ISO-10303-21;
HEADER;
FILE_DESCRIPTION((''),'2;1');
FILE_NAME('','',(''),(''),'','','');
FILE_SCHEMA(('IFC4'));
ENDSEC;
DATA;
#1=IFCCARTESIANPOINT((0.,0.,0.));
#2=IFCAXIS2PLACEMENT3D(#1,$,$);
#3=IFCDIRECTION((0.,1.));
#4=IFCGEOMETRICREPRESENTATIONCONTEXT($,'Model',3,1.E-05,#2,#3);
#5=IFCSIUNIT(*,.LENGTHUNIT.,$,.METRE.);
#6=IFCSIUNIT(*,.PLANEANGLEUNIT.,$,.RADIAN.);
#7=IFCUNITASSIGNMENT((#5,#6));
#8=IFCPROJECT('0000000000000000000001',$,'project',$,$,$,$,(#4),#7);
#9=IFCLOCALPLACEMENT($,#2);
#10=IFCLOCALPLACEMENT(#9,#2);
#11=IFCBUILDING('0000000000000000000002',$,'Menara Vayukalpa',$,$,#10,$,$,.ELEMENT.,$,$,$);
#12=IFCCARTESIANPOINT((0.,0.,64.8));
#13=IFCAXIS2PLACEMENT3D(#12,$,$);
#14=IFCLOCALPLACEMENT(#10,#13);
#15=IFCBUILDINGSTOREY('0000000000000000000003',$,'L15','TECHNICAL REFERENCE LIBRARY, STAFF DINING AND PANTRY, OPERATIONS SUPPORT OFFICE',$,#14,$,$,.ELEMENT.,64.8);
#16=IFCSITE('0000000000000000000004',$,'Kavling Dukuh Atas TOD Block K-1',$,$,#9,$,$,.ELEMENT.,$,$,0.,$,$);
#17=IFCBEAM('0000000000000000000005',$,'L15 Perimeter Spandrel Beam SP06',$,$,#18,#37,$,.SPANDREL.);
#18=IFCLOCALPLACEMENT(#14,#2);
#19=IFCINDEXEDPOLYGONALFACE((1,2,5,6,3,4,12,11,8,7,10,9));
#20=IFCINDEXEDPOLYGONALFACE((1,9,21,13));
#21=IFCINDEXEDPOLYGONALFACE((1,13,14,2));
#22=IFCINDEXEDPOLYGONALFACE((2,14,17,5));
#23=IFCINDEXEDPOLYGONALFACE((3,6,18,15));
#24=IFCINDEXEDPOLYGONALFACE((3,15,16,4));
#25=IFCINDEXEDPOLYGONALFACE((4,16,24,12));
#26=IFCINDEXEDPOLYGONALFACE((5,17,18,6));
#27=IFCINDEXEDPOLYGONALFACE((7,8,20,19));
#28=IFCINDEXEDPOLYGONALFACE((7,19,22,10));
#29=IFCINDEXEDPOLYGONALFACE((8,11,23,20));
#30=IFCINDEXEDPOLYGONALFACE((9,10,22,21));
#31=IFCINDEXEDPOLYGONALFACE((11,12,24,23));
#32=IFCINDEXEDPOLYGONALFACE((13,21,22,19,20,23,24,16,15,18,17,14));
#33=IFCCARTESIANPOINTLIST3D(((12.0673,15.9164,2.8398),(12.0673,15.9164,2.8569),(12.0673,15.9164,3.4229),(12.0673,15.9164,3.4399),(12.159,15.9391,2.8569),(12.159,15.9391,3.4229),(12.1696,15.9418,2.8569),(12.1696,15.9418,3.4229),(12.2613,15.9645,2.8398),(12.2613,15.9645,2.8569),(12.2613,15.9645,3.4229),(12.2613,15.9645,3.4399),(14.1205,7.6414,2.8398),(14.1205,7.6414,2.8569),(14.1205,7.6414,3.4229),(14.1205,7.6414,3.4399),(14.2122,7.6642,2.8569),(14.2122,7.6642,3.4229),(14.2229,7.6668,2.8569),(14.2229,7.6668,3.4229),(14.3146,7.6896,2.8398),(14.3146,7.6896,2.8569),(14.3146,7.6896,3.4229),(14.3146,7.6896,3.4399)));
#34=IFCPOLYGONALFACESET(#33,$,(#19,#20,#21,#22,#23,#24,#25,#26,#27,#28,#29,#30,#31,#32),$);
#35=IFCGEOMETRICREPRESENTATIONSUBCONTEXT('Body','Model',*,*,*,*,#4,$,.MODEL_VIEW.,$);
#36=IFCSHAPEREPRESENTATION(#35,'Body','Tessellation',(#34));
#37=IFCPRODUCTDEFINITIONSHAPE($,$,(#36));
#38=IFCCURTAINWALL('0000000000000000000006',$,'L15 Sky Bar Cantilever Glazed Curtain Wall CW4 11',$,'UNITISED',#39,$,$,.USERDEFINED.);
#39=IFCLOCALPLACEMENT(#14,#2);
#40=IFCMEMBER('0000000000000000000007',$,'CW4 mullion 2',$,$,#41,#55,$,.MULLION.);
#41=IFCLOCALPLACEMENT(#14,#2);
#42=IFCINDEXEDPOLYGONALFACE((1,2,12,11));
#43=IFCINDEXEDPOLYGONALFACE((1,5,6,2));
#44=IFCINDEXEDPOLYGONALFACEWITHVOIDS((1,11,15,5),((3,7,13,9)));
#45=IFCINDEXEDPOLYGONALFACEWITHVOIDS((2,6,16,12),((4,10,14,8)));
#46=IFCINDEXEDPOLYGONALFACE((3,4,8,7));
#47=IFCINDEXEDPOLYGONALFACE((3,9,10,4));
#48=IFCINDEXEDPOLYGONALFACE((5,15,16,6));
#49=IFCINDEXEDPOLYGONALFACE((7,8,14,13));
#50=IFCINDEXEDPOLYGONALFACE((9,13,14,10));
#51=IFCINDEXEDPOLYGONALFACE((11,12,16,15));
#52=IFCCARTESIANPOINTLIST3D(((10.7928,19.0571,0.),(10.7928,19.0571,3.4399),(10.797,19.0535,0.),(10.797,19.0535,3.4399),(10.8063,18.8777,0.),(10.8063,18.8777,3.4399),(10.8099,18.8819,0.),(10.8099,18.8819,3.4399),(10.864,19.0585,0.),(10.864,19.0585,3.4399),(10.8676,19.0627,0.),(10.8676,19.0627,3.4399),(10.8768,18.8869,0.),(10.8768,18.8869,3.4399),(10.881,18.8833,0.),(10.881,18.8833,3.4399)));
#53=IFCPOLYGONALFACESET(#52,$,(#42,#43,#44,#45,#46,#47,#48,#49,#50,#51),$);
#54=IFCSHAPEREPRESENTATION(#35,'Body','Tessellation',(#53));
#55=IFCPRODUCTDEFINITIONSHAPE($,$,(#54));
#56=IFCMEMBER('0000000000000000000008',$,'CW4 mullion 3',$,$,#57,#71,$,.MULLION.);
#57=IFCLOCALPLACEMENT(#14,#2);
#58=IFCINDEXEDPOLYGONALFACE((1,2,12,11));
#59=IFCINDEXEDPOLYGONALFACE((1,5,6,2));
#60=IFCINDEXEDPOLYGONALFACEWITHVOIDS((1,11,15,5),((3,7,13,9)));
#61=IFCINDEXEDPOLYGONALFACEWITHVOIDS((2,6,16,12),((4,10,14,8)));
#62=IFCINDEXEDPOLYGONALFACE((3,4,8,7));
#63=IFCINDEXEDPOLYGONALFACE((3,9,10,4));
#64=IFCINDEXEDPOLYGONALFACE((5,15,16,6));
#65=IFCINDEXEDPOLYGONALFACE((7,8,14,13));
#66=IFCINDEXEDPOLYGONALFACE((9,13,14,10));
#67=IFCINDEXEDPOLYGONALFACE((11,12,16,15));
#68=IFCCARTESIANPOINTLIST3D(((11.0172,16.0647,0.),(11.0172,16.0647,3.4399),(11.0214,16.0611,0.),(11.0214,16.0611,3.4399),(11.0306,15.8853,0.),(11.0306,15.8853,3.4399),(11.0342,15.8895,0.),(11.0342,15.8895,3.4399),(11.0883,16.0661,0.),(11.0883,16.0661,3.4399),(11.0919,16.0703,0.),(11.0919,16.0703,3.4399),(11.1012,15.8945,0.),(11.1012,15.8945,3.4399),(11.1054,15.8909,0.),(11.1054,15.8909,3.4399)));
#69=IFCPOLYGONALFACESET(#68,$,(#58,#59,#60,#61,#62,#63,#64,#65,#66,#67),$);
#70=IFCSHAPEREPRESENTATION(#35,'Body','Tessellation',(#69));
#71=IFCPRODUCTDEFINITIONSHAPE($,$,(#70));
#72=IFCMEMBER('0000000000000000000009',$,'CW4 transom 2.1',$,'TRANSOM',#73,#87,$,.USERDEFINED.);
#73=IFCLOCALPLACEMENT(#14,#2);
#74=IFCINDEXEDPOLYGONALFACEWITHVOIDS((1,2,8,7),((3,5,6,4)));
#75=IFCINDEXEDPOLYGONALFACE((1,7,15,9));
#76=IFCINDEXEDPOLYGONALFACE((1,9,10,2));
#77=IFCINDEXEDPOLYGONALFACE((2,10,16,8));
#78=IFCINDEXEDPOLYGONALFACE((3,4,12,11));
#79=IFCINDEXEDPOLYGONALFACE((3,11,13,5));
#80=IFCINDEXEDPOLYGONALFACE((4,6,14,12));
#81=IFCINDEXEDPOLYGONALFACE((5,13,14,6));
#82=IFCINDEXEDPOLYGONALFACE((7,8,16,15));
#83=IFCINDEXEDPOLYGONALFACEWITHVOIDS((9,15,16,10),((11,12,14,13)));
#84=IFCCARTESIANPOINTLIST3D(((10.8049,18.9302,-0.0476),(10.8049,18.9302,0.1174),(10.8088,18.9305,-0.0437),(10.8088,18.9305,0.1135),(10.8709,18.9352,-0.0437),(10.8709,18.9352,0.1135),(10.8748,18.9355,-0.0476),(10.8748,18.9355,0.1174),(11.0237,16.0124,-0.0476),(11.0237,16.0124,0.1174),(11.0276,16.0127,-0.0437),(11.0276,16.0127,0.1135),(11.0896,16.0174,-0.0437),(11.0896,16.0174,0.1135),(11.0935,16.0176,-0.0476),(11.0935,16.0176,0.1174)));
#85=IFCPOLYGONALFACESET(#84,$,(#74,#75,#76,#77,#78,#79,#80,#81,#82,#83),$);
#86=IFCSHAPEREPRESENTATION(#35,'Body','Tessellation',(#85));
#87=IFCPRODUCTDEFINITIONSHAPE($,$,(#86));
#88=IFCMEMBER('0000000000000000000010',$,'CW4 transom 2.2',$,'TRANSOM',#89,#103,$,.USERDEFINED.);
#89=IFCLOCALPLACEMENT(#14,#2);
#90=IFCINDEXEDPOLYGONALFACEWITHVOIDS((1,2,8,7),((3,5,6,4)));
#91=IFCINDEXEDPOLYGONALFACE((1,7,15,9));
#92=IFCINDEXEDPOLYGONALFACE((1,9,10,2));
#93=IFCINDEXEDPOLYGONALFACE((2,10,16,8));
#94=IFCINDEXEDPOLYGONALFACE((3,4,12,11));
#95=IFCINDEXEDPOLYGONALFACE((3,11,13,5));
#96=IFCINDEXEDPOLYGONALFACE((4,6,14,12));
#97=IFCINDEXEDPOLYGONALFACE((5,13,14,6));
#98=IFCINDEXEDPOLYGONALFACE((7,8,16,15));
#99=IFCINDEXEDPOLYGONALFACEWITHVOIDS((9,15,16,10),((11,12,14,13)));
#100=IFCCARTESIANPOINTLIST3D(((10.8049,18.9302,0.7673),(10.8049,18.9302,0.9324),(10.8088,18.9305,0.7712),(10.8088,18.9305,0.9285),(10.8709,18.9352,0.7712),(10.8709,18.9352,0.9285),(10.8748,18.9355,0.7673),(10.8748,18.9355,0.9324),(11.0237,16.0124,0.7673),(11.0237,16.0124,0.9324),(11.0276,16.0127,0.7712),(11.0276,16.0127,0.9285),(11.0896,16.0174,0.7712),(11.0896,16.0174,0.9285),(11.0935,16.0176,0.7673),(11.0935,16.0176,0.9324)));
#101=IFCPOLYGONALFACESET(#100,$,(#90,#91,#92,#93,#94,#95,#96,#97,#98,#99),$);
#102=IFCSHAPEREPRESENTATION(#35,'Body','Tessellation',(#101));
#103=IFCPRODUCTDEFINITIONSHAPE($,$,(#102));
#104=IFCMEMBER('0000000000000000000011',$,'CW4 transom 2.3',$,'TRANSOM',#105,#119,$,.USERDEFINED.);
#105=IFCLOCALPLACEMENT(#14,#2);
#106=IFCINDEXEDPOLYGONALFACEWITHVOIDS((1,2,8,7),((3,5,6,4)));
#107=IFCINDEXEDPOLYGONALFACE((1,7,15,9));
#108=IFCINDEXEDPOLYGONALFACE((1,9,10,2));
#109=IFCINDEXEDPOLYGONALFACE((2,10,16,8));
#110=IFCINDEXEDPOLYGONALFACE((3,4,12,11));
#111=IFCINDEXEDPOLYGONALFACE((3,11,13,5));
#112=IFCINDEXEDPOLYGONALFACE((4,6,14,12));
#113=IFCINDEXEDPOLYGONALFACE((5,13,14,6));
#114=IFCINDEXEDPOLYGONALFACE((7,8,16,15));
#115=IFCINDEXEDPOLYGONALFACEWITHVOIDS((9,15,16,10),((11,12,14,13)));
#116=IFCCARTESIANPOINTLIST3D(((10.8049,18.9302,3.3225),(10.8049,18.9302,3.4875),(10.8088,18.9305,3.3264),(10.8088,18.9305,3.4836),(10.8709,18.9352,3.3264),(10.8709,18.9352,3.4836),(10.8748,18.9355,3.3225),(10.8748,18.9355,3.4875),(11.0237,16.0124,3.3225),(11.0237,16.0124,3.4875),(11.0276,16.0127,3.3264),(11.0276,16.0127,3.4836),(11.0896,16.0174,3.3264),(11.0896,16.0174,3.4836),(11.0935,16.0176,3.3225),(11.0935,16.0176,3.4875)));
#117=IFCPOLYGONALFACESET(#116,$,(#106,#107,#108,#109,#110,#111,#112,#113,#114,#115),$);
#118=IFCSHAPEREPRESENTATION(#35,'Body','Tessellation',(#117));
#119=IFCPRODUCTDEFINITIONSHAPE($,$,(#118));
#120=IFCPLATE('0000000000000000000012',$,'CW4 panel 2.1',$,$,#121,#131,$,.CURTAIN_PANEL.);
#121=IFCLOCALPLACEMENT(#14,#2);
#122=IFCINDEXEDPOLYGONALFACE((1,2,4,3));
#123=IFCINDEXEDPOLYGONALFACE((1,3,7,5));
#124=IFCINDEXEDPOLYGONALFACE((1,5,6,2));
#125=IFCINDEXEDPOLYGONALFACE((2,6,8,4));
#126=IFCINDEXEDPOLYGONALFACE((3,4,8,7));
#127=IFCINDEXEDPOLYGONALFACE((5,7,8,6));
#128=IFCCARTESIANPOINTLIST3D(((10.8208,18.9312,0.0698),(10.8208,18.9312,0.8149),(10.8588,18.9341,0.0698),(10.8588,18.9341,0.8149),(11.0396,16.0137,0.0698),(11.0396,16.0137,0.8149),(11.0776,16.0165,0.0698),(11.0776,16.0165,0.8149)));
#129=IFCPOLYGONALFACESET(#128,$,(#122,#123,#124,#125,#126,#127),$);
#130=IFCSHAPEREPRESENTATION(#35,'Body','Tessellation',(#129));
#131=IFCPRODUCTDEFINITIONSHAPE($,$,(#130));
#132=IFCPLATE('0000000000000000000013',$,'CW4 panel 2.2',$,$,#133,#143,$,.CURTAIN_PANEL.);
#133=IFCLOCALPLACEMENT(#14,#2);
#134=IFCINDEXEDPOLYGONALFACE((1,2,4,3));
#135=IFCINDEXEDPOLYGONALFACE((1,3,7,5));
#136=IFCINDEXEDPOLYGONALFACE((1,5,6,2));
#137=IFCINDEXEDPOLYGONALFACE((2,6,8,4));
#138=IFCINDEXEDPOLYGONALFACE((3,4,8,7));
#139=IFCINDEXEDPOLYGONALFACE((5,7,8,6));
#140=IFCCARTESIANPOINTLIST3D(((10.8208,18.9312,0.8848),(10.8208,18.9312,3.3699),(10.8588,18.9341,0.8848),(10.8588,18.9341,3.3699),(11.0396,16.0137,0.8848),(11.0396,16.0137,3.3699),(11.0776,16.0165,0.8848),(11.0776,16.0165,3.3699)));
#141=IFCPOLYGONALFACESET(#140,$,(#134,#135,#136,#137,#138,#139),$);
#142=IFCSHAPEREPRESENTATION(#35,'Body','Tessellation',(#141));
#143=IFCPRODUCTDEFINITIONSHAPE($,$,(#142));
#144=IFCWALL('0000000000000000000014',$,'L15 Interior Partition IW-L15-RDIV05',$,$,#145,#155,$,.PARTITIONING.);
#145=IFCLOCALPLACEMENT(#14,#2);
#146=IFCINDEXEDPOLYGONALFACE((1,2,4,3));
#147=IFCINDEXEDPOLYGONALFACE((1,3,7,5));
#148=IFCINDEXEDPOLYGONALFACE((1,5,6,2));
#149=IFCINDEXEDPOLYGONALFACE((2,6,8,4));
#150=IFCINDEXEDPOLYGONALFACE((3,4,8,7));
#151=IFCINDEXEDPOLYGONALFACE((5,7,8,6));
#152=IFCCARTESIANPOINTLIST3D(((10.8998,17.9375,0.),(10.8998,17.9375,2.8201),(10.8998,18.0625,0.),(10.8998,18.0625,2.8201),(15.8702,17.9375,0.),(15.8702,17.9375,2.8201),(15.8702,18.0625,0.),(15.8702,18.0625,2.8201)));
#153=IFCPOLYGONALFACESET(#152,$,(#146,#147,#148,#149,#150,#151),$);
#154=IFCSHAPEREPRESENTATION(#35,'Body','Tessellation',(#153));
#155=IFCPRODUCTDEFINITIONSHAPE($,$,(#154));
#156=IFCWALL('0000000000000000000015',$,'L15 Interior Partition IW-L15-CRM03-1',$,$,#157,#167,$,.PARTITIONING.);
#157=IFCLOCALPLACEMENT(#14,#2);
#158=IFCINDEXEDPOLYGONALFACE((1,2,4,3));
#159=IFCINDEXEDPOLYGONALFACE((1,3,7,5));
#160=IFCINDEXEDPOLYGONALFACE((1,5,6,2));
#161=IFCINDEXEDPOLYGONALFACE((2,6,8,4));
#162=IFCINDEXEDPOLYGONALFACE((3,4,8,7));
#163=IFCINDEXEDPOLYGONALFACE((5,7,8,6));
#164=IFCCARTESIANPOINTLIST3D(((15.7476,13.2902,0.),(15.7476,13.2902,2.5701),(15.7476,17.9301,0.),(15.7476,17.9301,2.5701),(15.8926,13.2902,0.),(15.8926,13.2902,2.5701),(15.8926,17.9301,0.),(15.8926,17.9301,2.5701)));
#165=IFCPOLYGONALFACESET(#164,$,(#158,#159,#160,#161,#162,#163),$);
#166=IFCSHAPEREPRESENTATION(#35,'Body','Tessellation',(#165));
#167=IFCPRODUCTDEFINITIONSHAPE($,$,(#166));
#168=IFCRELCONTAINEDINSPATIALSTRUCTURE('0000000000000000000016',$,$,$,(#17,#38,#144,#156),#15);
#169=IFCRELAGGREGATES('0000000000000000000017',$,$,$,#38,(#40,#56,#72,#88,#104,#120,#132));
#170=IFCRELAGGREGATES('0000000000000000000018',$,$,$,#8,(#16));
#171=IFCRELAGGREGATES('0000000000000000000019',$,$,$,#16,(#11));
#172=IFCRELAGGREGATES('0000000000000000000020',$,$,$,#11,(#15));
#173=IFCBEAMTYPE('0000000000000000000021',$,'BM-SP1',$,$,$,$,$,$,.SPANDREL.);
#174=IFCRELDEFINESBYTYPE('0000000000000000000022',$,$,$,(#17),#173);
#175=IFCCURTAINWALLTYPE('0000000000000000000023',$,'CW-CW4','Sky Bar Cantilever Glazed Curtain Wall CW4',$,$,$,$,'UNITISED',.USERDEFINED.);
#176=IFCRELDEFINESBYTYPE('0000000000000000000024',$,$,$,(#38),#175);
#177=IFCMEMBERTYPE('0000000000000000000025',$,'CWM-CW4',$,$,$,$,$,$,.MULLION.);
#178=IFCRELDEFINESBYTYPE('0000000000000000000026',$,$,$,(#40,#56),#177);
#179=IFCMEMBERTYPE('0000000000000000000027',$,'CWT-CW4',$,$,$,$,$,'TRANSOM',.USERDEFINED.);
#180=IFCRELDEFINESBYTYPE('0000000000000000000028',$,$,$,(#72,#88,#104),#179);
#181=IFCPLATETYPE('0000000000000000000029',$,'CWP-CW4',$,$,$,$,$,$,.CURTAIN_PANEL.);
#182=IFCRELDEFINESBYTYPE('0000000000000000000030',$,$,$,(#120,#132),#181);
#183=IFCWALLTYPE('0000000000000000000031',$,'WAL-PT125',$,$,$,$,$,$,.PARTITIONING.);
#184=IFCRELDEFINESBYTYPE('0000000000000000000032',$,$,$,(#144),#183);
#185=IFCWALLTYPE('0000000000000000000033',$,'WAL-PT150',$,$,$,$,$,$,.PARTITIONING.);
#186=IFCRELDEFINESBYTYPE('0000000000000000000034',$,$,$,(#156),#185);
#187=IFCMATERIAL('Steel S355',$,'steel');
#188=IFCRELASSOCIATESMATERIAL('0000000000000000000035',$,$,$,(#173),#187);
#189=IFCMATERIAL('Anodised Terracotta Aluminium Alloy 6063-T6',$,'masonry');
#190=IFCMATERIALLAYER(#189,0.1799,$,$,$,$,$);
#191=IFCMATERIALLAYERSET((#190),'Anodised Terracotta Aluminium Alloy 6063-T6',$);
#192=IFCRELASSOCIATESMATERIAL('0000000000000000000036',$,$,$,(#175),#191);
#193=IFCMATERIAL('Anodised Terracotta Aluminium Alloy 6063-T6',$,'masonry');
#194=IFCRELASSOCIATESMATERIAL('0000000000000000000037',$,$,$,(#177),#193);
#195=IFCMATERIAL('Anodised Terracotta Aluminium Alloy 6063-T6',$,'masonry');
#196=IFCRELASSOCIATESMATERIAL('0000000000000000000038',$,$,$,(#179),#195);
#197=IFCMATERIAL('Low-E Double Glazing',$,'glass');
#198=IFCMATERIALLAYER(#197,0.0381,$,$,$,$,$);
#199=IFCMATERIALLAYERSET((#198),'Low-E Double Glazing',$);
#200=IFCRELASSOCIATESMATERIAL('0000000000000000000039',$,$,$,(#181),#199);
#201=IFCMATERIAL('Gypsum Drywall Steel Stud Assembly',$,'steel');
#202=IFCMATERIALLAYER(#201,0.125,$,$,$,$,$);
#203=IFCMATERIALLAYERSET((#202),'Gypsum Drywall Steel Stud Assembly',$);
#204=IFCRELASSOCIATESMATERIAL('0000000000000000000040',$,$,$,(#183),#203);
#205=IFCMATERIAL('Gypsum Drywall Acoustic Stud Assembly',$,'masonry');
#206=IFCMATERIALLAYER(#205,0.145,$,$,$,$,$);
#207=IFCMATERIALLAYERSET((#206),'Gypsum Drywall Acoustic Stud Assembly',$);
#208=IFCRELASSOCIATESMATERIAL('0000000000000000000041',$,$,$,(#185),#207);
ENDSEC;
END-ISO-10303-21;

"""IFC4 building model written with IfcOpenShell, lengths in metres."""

from ifc_helpers import new_model, si_unit, direction, frame, frame_2d, origin, origin_2d, place, context, subcontext, project, spatial, rectangle, hollow_rectangle, i_section, extrude, material, layer, layer_set, material_profile, profile_set, type_object, element, aggregate, save


model = new_model("IFC4")

# Units and contexts
model_context = context("Model", 3, precision=1e-05, world=origin(), true_north=direction((0.0, 1.0)))
body_context = subcontext(model_context, "Body", "Model", "MODEL_VIEW")
ifc_project = project(units=[si_unit("LENGTHUNIT", "METRE"), si_unit("PLANEANGLEUNIT", "RADIAN")], contexts=[model_context])

# Site, building, storey
site_placement = place(None, origin())
site = spatial("IfcSite", under=ifc_project, at=site_placement, Name="Kavling Dukuh Atas TOD Block K-1", CompositionType="ELEMENT", RefElevation=0.0)
building_placement = place(site_placement, origin())
building = spatial("IfcBuilding", under=site, at=building_placement, Name="Menara Vayukalpa", CompositionType="ELEMENT")
storey_placement = place(building_placement, frame((0.0, 0.0, 64.8)))
storey = spatial("IfcBuildingStorey", under=building, at=storey_placement, Name="L15", Description="TECHNICAL REFERENCE LIBRARY, STAFF DINING AND PANTRY, OPERATIONS SUPPORT OFFICE", CompositionType="ELEMENT", Elevation=64.8)

# Beam
ifc_material_1 = material(Name="Steel S355", Category="steel")
ifc_material_profile_1 = material_profile(ifc_material_1, i_section(OverallWidth=0.2, OverallDepth=0.6001, WebThickness=0.011, FlangeThickness=0.0171, at=origin_2d()), Name="WF 600x200x11x17")
ifc_profile_set_1 = profile_set([ifc_material_profile_1], Name="Steel S355")
beam_type_1 = type_object("IfcBeamType", Name="BM-SP1", PredefinedType="SPANDREL", material=ifc_profile_set_1)
beam_1_placement = place(storey_placement, frame((12.1643, 15.9404, 3.1399), z_axis=(0.240824, -0.970569, 0.0), x_axis=(0.970569, 0.240824, 0.0)))
element("IfcBeam", 1, at=beam_1_placement, inside=storey, type_object=beam_type_1, Name="L15 Perimeter Spandrel Beam SP06", PredefinedType="SPANDREL", context=body_context, shape_type="SweptSolid", body=[
    extrude(i_section(OverallWidth=0.2, OverallDepth=0.6001, WebThickness=0.011, FlangeThickness=0.0171, at=origin_2d()), origin(), (0.0, 0.0, 1.0), 8.5259),
])

# Curtain wall, members, plates
ifc_material_2 = material(Name="Anodised Terracotta Aluminium Alloy 6063-T6", Category="masonry")
ifc_layer_1 = layer(ifc_material_2, 0.1799)
ifc_layer_set_1 = layer_set([ifc_layer_1], Name="Anodised Terracotta Aluminium Alloy 6063-T6")
curtain_wall_type = type_object("IfcCurtainWallType", Name="CW-CW4", Description="Sky Bar Cantilever Glazed Curtain Wall CW4", ElementType="UNITISED", PredefinedType="USERDEFINED", material=ifc_layer_set_1)
curtain_wall_placement = place(storey_placement, origin())
curtain_wall = element("IfcCurtainWall", 2, at=curtain_wall_placement, inside=storey, type_object=curtain_wall_type, Name="L15 Sky Bar Cantilever Glazed Curtain Wall CW4 11", ObjectType="UNITISED", PredefinedType="USERDEFINED")
ifc_material_3 = material(Name="Anodised Terracotta Aluminium Alloy 6063-T6", Category="masonry")
ifc_material_profile_2 = material_profile(ifc_material_3, hollow_rectangle(XDim=0.075, YDim=0.1799, WallThickness=0.0039, at=origin_2d()), Name="ALU 75x180x4")
ifc_profile_set_2 = profile_set([ifc_material_profile_2], Name="Anodised Terracotta Aluminium Alloy 6063-T6")
member_type_1 = type_object("IfcMemberType", Name="CWM-CW4", PredefinedType="MULLION", material=ifc_profile_set_2)
member_1_placement = place(storey_placement, frame((10.8369, 18.9702, 0.0), z_axis=(0.0, 0.0, 1.0), x_axis=(0.997199, 0.074795, 0.0)))
member_1 = element("IfcMember", 3, at=member_1_placement, type_object=member_type_1, Name="CW4 mullion 2", PredefinedType="MULLION", context=body_context, shape_type="SweptSolid", body=[
    extrude(hollow_rectangle(XDim=0.075, YDim=0.1799, WallThickness=0.0039, at=origin_2d()), origin(), (0.0, 0.0, 1.0), 3.4399),
])
member_2_placement = place(storey_placement, frame((11.0613, 15.9778, 0.0), z_axis=(0.0, 0.0, 1.0), x_axis=(0.997199, 0.074795, 0.0)))
member_2 = element("IfcMember", 4, at=member_2_placement, type_object=member_type_1, Name="CW4 mullion 3", PredefinedType="MULLION", context=body_context, shape_type="SweptSolid", body=[
    extrude(hollow_rectangle(XDim=0.075, YDim=0.1799, WallThickness=0.0039, at=origin_2d()), origin(), (0.0, 0.0, 1.0), 3.4399),
])
ifc_material_4 = material(Name="Anodised Terracotta Aluminium Alloy 6063-T6", Category="masonry")
ifc_material_profile_3 = material_profile(ifc_material_4, hollow_rectangle(XDim=0.0701, YDim=0.165, WallThickness=0.0039, at=origin_2d()), Name="ALU 70x165x4")
ifc_profile_set_3 = profile_set([ifc_material_profile_3], Name="Anodised Terracotta Aluminium Alloy 6063-T6")
member_type_2 = type_object("IfcMemberType", Name="CWT-CW4", ElementType="TRANSOM", PredefinedType="USERDEFINED", material=ifc_profile_set_3)
member_3_placement = place(storey_placement, frame((10.8398, 18.9329, 0.0349), z_axis=(0.074763, -0.997201, 0.0), x_axis=(0.997201, 0.074763, 0.0)))
member_3 = element("IfcMember", 5, at=member_3_placement, type_object=member_type_2, Name="CW4 transom 2.1", ObjectType="TRANSOM", PredefinedType="USERDEFINED", context=body_context, shape_type="SweptSolid", body=[
    extrude(hollow_rectangle(XDim=0.0701, YDim=0.165, WallThickness=0.0039, at=origin_2d()), origin(), (0.0, 0.0, 1.0), 2.926),
])
member_4_placement = place(storey_placement, frame((10.8398, 18.9329, 0.8499), z_axis=(0.074763, -0.997201, 0.0), x_axis=(0.997201, 0.074763, 0.0)))
member_4 = element("IfcMember", 6, at=member_4_placement, type_object=member_type_2, Name="CW4 transom 2.2", ObjectType="TRANSOM", PredefinedType="USERDEFINED", context=body_context, shape_type="SweptSolid", body=[
    extrude(hollow_rectangle(XDim=0.0701, YDim=0.165, WallThickness=0.0039, at=origin_2d()), origin(), (0.0, 0.0, 1.0), 2.926),
])
member_5_placement = place(storey_placement, frame((10.8398, 18.9329, 3.405), z_axis=(0.074763, -0.997201, 0.0), x_axis=(0.997201, 0.074763, 0.0)))
member_5 = element("IfcMember", 7, at=member_5_placement, type_object=member_type_2, Name="CW4 transom 2.3", ObjectType="TRANSOM", PredefinedType="USERDEFINED", context=body_context, shape_type="SweptSolid", body=[
    extrude(hollow_rectangle(XDim=0.0701, YDim=0.165, WallThickness=0.0039, at=origin_2d()), origin(), (0.0, 0.0, 1.0), 2.926),
])
ifc_material_5 = material(Name="Low-E Double Glazing", Category="glass")
ifc_layer_2 = layer(ifc_material_5, 0.0381)
ifc_layer_set_2 = layer_set([ifc_layer_2], Name="Low-E Double Glazing")
plate_type = type_object("IfcPlateType", Name="CWP-CW4", PredefinedType="CURTAIN_PANEL", material=ifc_layer_set_2)
plate_1_placement = place(storey_placement, frame((10.9492, 17.4739, 0.0698), z_axis=(0.0, 0.0, 1.0), x_axis=(0.074795, -0.997199, 0.0)))
plate_1 = element("IfcPlate", 8, at=plate_1_placement, type_object=plate_type, Name="CW4 panel 2.1", PredefinedType="CURTAIN_PANEL", context=body_context, shape_type="SweptSolid", body=[
    extrude(rectangle(XDim=2.9258, YDim=0.0381, at=origin_2d()), origin(), (0.0, 0.0, 1.0), 0.7451),
])
plate_2_placement = place(storey_placement, frame((10.9492, 17.4739, 0.8848), z_axis=(0.0, 0.0, 1.0), x_axis=(0.074795, -0.997199, 0.0)))
plate_2 = element("IfcPlate", 9, at=plate_2_placement, type_object=plate_type, Name="CW4 panel 2.2", PredefinedType="CURTAIN_PANEL", context=body_context, shape_type="SweptSolid", body=[
    extrude(rectangle(XDim=2.9258, YDim=0.0381, at=origin_2d()), origin(), (0.0, 0.0, 1.0), 2.4851),
])
aggregate(curtain_wall, [member_1, member_2, member_3, member_4, member_5, plate_1, plate_2])

# Walls
ifc_material_6 = material(Name="Gypsum Drywall Steel Stud Assembly", Category="steel")
ifc_layer_3 = layer(ifc_material_6, 0.125)
ifc_layer_set_3 = layer_set([ifc_layer_3], Name="Gypsum Drywall Steel Stud Assembly")
wall_type_1 = type_object("IfcWallType", Name="WAL-PT125", PredefinedType="PARTITIONING", material=ifc_layer_set_3)
wall_1_placement = place(storey_placement, frame((10.8997, 18.0, 0.0), z_axis=(0.0, 0.0, 1.0), x_axis=(1.0, 0.0, 0.0)))
element("IfcWall", 10, at=wall_1_placement, inside=storey, type_object=wall_type_1, Name="L15 Interior Partition IW-L15-RDIV05", PredefinedType="PARTITIONING", context=body_context, shape_type="SweptSolid", body=[
    extrude(rectangle(XDim=4.9705, YDim=0.125, at=frame_2d((2.4854, 0.0))), origin(), (0.0, 0.0, 1.0), 2.8201),
])
ifc_material_7 = material(Name="Gypsum Drywall Acoustic Stud Assembly", Category="masonry")
ifc_layer_4 = layer(ifc_material_7, 0.145)
ifc_layer_set_4 = layer_set([ifc_layer_4], Name="Gypsum Drywall Acoustic Stud Assembly")
wall_type_2 = type_object("IfcWallType", Name="WAL-PT150", PredefinedType="PARTITIONING", material=ifc_layer_set_4)
wall_2_placement = place(storey_placement, frame((15.8201, 17.9299, 0.0), z_axis=(0.0, 0.0, 1.0), x_axis=(0.0, -1.0, 0.0)))
element("IfcWall", 11, at=wall_2_placement, inside=storey, type_object=wall_type_2, Name="L15 Interior Partition IW-L15-CRM03-1", PredefinedType="PARTITIONING", context=body_context, shape_type="SweptSolid", body=[
    extrude(rectangle(XDim=4.6399, YDim=0.145, at=frame_2d((2.3198, 0.0))), origin(), (0.0, 0.0, 1.0), 2.5701),
])

save(model, "model.ifc")
